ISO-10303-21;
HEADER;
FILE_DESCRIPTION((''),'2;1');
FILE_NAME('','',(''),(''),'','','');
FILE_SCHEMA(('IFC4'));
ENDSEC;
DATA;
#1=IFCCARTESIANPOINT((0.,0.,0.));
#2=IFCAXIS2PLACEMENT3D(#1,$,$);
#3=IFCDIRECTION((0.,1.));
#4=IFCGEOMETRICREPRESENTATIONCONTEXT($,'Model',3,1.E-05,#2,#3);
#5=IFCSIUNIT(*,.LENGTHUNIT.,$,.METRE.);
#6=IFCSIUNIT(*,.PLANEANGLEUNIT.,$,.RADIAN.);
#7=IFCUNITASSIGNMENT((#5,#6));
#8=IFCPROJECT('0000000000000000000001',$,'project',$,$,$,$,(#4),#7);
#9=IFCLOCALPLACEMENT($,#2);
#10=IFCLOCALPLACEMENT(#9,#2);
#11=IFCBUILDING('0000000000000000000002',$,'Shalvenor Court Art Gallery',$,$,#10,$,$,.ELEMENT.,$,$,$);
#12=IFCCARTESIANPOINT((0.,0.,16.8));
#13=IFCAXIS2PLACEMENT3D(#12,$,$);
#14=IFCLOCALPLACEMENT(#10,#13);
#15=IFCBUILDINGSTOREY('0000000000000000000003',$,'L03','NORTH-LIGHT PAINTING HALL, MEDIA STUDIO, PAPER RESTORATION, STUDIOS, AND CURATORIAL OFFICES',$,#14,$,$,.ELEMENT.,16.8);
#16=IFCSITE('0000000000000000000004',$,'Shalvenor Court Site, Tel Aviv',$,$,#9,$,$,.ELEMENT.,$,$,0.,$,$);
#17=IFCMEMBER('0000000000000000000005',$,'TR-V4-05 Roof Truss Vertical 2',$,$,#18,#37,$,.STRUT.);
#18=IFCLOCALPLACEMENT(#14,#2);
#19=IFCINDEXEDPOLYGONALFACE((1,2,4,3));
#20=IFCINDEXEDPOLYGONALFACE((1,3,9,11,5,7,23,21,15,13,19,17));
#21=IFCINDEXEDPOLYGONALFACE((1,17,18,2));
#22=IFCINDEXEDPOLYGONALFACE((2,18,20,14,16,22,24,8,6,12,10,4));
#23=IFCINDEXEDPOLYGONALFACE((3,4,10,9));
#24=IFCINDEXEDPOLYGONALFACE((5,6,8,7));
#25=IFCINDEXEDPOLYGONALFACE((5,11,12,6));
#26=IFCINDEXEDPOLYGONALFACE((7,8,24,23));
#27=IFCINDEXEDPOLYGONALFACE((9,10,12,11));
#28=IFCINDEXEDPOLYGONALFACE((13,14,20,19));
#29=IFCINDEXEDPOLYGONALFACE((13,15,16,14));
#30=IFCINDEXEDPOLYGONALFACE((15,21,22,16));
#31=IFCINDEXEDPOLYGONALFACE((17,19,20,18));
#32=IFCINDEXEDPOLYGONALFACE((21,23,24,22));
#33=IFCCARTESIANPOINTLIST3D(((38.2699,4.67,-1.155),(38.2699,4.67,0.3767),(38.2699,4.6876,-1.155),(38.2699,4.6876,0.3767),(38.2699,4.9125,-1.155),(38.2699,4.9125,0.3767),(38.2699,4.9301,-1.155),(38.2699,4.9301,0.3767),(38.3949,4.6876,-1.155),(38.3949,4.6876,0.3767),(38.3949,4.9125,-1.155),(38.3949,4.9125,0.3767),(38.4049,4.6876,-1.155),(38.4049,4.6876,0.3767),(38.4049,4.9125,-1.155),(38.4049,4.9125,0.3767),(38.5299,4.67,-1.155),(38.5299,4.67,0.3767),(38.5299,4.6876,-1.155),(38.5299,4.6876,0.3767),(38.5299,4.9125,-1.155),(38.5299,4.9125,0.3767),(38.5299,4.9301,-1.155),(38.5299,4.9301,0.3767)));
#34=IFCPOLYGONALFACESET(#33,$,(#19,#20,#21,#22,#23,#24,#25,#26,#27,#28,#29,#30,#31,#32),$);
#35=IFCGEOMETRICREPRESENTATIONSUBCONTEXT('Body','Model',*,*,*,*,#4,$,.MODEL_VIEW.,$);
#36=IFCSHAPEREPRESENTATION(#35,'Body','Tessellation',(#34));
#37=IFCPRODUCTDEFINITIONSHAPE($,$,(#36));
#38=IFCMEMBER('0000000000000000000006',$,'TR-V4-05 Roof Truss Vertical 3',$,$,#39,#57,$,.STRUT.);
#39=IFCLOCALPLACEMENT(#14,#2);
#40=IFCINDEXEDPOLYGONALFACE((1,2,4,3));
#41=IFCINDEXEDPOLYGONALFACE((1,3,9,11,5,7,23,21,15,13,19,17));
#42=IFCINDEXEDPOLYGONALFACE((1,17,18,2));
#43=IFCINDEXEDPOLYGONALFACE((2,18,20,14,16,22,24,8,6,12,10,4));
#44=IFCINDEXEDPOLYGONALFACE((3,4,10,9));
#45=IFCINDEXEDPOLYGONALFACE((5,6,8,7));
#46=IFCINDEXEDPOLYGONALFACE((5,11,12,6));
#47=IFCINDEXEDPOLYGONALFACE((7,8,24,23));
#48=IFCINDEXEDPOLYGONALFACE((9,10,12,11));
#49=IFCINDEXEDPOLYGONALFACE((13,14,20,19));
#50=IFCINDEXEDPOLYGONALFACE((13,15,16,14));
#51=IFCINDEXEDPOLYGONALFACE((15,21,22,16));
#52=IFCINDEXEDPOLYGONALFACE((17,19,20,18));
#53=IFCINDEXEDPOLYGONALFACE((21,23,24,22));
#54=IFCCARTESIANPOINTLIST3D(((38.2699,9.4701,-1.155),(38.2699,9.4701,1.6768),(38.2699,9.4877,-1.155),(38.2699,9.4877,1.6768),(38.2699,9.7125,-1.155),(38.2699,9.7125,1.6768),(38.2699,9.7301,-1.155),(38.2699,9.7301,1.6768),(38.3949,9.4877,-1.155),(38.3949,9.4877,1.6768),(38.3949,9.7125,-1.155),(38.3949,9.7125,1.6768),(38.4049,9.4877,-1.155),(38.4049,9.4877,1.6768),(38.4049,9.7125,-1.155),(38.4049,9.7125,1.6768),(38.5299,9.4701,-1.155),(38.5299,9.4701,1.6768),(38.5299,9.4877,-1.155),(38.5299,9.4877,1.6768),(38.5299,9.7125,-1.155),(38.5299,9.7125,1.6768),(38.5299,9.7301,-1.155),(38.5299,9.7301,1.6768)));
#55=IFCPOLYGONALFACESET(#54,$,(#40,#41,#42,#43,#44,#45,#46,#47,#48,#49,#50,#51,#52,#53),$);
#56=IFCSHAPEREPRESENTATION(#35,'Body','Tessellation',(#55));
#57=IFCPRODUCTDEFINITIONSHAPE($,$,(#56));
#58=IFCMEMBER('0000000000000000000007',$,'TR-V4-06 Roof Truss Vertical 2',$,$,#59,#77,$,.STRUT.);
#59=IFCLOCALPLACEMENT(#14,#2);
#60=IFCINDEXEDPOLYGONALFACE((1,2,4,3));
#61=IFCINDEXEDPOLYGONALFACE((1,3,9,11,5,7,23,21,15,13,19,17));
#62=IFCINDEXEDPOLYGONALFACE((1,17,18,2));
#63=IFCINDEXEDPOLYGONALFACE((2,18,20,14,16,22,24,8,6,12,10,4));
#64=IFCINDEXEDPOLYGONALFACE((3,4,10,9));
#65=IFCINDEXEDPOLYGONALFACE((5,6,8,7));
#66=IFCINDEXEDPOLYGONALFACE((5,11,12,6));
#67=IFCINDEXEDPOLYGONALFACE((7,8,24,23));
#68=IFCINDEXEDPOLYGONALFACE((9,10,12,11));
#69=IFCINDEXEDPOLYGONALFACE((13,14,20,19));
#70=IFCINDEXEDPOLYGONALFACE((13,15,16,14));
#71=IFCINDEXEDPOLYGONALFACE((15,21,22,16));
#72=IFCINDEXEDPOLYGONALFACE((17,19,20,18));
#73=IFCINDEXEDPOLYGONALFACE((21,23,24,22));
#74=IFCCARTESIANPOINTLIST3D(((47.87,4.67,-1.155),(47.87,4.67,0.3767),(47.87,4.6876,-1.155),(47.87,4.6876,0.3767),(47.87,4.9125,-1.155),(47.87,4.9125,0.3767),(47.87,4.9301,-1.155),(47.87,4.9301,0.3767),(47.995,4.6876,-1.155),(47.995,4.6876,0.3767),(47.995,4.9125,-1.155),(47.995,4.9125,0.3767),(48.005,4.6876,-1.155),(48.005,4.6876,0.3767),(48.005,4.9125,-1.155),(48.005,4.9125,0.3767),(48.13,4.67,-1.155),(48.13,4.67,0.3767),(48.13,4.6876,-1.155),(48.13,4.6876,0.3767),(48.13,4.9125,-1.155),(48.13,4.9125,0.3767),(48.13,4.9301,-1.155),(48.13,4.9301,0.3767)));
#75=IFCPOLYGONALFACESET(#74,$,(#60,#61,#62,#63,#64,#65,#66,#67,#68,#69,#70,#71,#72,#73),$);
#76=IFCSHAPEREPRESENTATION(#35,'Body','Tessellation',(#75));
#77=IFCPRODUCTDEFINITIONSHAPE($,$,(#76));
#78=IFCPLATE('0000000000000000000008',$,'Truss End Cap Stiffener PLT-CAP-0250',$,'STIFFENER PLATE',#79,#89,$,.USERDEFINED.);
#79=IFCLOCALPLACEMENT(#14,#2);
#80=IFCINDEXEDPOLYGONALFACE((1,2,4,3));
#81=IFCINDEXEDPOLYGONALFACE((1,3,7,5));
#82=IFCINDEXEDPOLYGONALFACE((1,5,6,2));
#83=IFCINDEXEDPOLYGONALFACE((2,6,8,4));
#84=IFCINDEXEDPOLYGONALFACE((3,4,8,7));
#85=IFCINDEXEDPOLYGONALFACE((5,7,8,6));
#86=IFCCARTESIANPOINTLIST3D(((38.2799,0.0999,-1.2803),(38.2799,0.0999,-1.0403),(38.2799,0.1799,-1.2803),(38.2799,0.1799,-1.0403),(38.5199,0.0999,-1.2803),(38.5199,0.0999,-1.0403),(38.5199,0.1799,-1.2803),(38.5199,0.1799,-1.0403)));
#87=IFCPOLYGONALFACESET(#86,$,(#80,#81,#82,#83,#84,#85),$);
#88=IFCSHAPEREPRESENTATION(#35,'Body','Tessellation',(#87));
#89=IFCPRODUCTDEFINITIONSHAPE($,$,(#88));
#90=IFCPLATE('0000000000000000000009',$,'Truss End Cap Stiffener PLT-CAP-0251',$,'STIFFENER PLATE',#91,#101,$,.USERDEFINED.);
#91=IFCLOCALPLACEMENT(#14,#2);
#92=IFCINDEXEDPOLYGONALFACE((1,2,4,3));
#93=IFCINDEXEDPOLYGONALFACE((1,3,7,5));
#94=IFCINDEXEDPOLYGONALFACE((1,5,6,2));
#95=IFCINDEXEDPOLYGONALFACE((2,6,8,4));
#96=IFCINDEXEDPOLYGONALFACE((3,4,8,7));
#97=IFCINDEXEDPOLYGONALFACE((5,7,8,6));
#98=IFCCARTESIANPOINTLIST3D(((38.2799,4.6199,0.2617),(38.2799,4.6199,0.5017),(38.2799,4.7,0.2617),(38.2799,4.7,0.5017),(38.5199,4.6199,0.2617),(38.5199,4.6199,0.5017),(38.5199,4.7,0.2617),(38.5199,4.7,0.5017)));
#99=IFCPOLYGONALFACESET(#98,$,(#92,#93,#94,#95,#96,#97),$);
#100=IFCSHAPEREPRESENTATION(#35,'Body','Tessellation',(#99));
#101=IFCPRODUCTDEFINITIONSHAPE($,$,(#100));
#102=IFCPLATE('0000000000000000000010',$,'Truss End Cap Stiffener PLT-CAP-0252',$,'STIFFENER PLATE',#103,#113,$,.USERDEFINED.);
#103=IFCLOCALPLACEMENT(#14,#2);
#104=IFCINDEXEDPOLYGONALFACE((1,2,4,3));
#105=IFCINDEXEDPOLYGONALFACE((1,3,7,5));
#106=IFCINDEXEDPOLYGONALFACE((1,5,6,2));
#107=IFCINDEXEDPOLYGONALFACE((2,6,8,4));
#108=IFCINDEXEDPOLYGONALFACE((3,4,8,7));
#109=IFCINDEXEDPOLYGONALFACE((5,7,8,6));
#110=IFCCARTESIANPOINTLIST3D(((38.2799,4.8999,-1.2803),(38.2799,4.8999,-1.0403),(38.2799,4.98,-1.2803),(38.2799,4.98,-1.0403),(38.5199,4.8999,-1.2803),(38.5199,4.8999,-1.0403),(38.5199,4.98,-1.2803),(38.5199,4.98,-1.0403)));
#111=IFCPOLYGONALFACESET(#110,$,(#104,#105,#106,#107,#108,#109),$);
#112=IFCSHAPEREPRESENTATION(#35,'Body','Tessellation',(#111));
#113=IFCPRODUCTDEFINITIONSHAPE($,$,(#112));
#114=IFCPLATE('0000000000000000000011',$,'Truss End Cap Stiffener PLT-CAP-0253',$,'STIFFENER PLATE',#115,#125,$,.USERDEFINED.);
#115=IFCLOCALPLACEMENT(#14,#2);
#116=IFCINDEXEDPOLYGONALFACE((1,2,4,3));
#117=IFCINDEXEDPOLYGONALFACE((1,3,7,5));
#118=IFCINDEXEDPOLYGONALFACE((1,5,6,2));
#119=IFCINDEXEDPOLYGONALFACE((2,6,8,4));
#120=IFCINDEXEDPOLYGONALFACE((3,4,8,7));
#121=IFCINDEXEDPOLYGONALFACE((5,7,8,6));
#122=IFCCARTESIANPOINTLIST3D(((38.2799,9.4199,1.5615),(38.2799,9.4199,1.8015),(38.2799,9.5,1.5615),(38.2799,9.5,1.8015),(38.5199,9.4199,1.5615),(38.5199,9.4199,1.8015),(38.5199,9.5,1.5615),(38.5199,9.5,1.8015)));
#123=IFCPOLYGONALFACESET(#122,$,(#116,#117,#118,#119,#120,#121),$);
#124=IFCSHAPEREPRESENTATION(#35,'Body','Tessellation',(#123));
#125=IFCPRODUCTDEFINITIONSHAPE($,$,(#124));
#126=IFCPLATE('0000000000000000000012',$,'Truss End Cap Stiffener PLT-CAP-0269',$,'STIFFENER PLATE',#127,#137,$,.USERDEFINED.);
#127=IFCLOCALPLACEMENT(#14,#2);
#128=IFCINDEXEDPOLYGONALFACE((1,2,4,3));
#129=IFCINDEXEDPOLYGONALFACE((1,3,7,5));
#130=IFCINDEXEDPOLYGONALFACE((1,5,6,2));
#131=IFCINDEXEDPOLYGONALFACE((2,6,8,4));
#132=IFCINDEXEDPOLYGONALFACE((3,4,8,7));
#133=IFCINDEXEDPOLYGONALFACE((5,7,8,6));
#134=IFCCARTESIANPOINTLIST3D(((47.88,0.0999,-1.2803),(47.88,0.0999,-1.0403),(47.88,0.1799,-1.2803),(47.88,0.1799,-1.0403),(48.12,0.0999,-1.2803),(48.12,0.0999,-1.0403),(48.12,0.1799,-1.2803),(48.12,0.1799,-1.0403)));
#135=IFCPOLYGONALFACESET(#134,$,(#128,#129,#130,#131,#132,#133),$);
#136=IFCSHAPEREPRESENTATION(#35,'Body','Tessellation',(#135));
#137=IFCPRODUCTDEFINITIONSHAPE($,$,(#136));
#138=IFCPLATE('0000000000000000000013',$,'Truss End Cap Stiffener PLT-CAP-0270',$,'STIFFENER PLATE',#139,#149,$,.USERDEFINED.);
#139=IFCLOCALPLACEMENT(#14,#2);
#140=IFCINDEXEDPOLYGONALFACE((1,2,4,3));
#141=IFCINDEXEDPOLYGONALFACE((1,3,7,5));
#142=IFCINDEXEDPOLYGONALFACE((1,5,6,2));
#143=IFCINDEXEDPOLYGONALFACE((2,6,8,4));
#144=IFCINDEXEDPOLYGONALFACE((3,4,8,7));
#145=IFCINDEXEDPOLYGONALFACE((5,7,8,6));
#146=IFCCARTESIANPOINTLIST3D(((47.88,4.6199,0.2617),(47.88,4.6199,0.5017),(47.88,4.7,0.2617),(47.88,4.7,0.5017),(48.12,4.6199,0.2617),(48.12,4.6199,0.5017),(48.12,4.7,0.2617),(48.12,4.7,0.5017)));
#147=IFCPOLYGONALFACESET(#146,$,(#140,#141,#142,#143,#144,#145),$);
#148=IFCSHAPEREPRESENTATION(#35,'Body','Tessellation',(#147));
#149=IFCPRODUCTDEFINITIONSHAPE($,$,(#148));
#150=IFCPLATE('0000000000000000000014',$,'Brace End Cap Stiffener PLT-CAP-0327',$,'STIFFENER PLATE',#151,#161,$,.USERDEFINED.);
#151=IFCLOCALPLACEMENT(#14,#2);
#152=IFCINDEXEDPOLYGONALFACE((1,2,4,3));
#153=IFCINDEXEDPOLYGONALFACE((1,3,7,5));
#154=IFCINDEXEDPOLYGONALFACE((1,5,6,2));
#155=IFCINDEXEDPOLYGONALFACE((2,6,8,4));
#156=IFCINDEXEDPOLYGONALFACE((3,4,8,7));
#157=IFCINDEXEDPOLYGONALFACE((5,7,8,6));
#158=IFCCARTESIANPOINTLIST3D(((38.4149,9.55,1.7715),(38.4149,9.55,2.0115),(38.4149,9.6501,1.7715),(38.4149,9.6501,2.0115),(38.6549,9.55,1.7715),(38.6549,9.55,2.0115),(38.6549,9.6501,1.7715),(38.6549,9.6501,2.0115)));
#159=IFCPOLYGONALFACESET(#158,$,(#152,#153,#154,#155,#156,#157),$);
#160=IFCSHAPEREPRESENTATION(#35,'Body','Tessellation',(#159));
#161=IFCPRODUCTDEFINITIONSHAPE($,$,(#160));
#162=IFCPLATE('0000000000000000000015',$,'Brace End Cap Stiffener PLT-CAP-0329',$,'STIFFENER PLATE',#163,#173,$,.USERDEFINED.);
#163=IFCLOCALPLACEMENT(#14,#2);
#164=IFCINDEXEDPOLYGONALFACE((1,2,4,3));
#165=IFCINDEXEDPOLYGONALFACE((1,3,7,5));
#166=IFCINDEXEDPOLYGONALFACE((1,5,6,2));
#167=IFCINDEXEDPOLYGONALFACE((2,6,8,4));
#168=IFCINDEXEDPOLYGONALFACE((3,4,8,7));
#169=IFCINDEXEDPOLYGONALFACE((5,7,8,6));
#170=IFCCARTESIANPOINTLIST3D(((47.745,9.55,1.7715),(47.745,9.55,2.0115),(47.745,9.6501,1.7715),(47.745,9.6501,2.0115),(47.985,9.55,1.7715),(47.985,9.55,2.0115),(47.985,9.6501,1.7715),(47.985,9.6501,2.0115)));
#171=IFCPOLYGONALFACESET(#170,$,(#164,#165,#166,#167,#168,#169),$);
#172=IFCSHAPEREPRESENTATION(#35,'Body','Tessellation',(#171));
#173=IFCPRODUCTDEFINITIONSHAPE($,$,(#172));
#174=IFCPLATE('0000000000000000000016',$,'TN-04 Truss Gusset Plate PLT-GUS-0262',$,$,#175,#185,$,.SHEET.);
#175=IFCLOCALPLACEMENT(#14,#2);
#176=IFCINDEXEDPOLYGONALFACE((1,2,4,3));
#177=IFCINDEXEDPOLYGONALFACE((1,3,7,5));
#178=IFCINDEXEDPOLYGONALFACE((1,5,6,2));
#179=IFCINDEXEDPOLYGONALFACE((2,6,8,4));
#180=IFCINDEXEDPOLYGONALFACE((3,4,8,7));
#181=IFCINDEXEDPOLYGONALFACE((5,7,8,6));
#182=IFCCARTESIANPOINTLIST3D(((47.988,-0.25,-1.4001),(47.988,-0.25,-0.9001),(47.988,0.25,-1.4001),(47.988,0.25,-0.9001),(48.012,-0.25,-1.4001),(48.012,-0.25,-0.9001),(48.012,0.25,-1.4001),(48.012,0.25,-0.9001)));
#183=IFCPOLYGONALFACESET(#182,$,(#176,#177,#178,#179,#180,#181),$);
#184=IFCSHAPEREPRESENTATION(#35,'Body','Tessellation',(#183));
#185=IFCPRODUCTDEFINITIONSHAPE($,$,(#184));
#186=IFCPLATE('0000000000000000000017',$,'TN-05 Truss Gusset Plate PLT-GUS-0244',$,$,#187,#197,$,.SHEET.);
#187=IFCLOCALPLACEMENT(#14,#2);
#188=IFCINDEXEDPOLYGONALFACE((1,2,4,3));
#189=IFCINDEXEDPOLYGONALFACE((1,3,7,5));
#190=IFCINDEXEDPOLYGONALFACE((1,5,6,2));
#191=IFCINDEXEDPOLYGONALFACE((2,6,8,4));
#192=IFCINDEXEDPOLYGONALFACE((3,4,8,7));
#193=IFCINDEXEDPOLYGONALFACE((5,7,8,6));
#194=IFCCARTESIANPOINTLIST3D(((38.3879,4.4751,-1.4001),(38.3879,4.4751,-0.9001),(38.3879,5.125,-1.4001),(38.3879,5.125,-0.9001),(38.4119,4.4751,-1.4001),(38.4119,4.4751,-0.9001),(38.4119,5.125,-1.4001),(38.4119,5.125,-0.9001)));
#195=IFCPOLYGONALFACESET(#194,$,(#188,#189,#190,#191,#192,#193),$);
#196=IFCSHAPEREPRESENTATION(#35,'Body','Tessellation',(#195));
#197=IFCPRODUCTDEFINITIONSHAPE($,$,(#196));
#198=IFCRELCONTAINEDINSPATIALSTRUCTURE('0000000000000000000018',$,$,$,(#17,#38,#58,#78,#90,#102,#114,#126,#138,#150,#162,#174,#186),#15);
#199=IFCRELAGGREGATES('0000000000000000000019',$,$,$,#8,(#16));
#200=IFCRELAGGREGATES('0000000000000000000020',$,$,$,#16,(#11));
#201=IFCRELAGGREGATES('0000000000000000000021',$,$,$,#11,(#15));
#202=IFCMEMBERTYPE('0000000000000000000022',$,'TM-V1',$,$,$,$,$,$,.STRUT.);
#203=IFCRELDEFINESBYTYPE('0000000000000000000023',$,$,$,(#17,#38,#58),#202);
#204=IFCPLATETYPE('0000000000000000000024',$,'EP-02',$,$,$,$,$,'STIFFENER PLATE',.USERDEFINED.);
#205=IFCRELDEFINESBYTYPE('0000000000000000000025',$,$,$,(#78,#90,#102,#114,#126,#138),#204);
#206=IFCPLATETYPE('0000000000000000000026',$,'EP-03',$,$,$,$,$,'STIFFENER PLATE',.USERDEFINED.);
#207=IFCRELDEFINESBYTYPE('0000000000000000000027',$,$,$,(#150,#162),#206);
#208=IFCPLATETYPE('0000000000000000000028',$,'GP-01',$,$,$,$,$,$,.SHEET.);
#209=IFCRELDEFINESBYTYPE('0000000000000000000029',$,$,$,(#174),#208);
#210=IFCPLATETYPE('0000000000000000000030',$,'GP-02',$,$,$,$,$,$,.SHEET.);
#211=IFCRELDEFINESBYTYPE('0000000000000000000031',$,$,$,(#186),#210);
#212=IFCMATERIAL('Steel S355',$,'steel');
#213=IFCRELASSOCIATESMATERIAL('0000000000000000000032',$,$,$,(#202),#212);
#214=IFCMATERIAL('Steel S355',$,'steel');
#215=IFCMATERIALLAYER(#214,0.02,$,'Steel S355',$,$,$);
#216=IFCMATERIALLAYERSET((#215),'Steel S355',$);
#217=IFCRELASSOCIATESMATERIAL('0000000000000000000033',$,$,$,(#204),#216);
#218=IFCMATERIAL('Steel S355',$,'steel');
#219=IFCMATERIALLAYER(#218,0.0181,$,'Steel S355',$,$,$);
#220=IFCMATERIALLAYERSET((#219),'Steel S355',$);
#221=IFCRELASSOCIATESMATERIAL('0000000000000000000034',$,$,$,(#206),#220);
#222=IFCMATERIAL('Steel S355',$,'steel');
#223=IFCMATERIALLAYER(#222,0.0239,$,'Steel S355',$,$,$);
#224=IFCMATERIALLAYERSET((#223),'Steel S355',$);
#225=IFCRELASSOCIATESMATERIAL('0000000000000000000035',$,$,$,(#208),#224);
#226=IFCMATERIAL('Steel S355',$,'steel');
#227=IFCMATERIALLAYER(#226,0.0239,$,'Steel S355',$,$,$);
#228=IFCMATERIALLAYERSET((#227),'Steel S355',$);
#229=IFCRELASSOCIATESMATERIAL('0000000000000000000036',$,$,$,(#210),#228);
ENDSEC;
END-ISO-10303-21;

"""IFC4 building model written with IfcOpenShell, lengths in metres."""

from ifc_helpers import new_model, si_unit, direction, frame, origin, origin_2d, place, context, subcontext, project, spatial, rectangle, i_section, extrude, material, layer, layer_set, material_profile, profile_set, type_object, element, save


model = new_model("IFC4")

# Units and contexts
model_context = context("Model", 3, precision=1e-05, world=origin(), true_north=direction((0.0, 1.0)))
body_context = subcontext(model_context, "Body", "Model", "MODEL_VIEW")
ifc_project = project(units=[si_unit("LENGTHUNIT", "METRE"), si_unit("PLANEANGLEUNIT", "RADIAN")], contexts=[model_context])

# Site, building, storey
site_placement = place(None, origin())
site = spatial("IfcSite", under=ifc_project, at=site_placement, Name="Shalvenor Court Site, Tel Aviv", CompositionType="ELEMENT", RefElevation=0.0)
building_placement = place(site_placement, origin())
building = spatial("IfcBuilding", under=site, at=building_placement, Name="Shalvenor Court Art Gallery", CompositionType="ELEMENT")
storey_placement = place(building_placement, frame((0.0, 0.0, 16.8)))
storey = spatial("IfcBuildingStorey", under=building, at=storey_placement, Name="L03", Description="NORTH-LIGHT PAINTING HALL, MEDIA STUDIO, PAPER RESTORATION, STUDIOS, AND CURATORIAL OFFICES", CompositionType="ELEMENT", Elevation=16.8)

# Members
ifc_material_1 = material(Name="Steel S355", Category="steel")
ifc_material_profile_1 = material_profile(ifc_material_1, i_section(OverallWidth=0.26, OverallDepth=0.26, WebThickness=0.01, FlangeThickness=0.0176, at=origin_2d()), Name="HEB 260")
ifc_profile_set_1 = profile_set([ifc_material_profile_1], Name="Steel S355")
member_type_1 = type_object("IfcMemberType", Name="TM-V1", PredefinedType="STRUT", material=ifc_profile_set_1)
member_1_placement = place(storey_placement, frame((38.3999, 4.8, -1.155), z_axis=(0.0, 0.0, 1.0), x_axis=(1.0, 0.0, 0.0)))
element("IfcMember", 1, at=member_1_placement, inside=storey, type_object=member_type_1, Name="TR-V4-05 Roof Truss Vertical 2", PredefinedType="STRUT", context=body_context, shape_type="SweptSolid", body=[
    extrude(i_section(OverallWidth=0.26, OverallDepth=0.26, WebThickness=0.01, FlangeThickness=0.0176, at=origin_2d()), origin(), (0.0, 0.0, 1.0), 1.5317),
])
member_2_placement = place(storey_placement, frame((38.3999, 9.6001, -1.155), z_axis=(0.0, 0.0, 1.0), x_axis=(1.0, 0.0, 0.0)))
element("IfcMember", 2, at=member_2_placement, inside=storey, type_object=member_type_1, Name="TR-V4-05 Roof Truss Vertical 3", PredefinedType="STRUT", context=body_context, shape_type="SweptSolid", body=[
    extrude(i_section(OverallWidth=0.26, OverallDepth=0.26, WebThickness=0.01, FlangeThickness=0.0176, at=origin_2d()), origin(), (0.0, 0.0, 1.0), 2.8318),
])
member_3_placement = place(storey_placement, frame((48.0, 4.8, -1.155), z_axis=(0.0, 0.0, 1.0), x_axis=(1.0, 0.0, 0.0)))
element("IfcMember", 3, at=member_3_placement, inside=storey, type_object=member_type_1, Name="TR-V4-06 Roof Truss Vertical 2", PredefinedType="STRUT", context=body_context, shape_type="SweptSolid", body=[
    extrude(i_section(OverallWidth=0.26, OverallDepth=0.26, WebThickness=0.01, FlangeThickness=0.0176, at=origin_2d()), origin(), (0.0, 0.0, 1.0), 1.5317),
])

# Plates
ifc_material_2 = material(Name="Steel S355", Category="steel")
ifc_layer_1 = layer(ifc_material_2, 0.02, Name="Steel S355")
ifc_layer_set_1 = layer_set([ifc_layer_1], Name="Steel S355")
plate_type_1 = type_object("IfcPlateType", Name="EP-02", ElementType="STIFFENER PLATE", PredefinedType="USERDEFINED", material=ifc_layer_set_1)
for number, where, z_axis, x_axis, name in (
    (4, (38.3999, 0.1399, -1.2803), (0.0, 0.0, 1.0), (1.0, 0.0, 0.0), "Truss End Cap Stiffener PLT-CAP-0250"),
    (5, (38.3999, 4.6599, 0.2617), (0.0, 0.0, 1.0), (1.0, 0.0, 0.0), "Truss End Cap Stiffener PLT-CAP-0251"),
    (6, (38.3999, 4.9399, -1.2803), (0.0, 0.0, 1.0), (1.0, 0.0, 0.0), "Truss End Cap Stiffener PLT-CAP-0252"),
    (7, (38.3999, 9.46, 1.5615), (0.0, 0.0, 1.0), (1.0, 0.0, 0.0), "Truss End Cap Stiffener PLT-CAP-0253"),
    (8, (48.0, 0.1399, -1.2803), (0.0, 0.0, 1.0), (1.0, 0.0, 0.0), "Truss End Cap Stiffener PLT-CAP-0269"),
    (9, (48.0, 4.6599, 0.2617), (0.0, 0.0, 1.0), (1.0, 0.0, 0.0), "Truss End Cap Stiffener PLT-CAP-0270"),
):
    element("IfcPlate", number, at=place(storey_placement, frame(where, z_axis=z_axis, x_axis=x_axis)), inside=storey, type_object=plate_type_1, Name=name, ObjectType="STIFFENER PLATE", PredefinedType="USERDEFINED", context=body_context, shape_type="SweptSolid", body=[
        extrude(rectangle(XDim=0.24, YDim=0.0801, at=origin_2d()), origin(), (0.0, 0.0, 1.0), 0.24),
    ])
ifc_material_3 = material(Name="Steel S355", Category="steel")
ifc_layer_2 = layer(ifc_material_3, 0.0181, Name="Steel S355")
ifc_layer_set_2 = layer_set([ifc_layer_2], Name="Steel S355")
plate_type_2 = type_object("IfcPlateType", Name="EP-03", ElementType="STIFFENER PLATE", PredefinedType="USERDEFINED", material=ifc_layer_set_2)
for number, where, z_axis, x_axis, name in (
    (10, (38.5349, 9.6001, 1.7715), (0.0, 0.0, 1.0), (1.0, 0.0, 0.0), "Brace End Cap Stiffener PLT-CAP-0327"),
    (11, (47.865, 9.6001, 1.7715), (0.0, 0.0, 1.0), (1.0, 0.0, 0.0), "Brace End Cap Stiffener PLT-CAP-0329"),
):
    element("IfcPlate", number, at=place(storey_placement, frame(where, z_axis=z_axis, x_axis=x_axis)), inside=storey, type_object=plate_type_2, Name=name, ObjectType="STIFFENER PLATE", PredefinedType="USERDEFINED", context=body_context, shape_type="SweptSolid", body=[
        extrude(rectangle(XDim=0.24, YDim=0.1001, at=origin_2d()), origin(), (0.0, 0.0, 1.0), 0.24),
    ])
ifc_material_4 = material(Name="Steel S355", Category="steel")
ifc_layer_3 = layer(ifc_material_4, 0.0239, Name="Steel S355")
ifc_layer_set_3 = layer_set([ifc_layer_3], Name="Steel S355")
plate_type_3 = type_object("IfcPlateType", Name="GP-01", PredefinedType="SHEET", material=ifc_layer_set_3)
plate_1_placement = place(storey_placement, frame((48.0, 0.0, -1.4001), z_axis=(0.0, 0.0, 1.0), x_axis=(0.0, 1.0, 0.0)))
element("IfcPlate", 12, at=plate_1_placement, inside=storey, type_object=plate_type_3, Name="TN-04 Truss Gusset Plate PLT-GUS-0262", PredefinedType="SHEET", context=body_context, shape_type="SweptSolid", body=[
    extrude(rectangle(XDim=0.5, YDim=0.0239, at=origin_2d()), origin(), (0.0, 0.0, 1.0), 0.5),
])
ifc_material_5 = material(Name="Steel S355", Category="steel")
ifc_layer_4 = layer(ifc_material_5, 0.0239, Name="Steel S355")
ifc_layer_set_4 = layer_set([ifc_layer_4], Name="Steel S355")
plate_type_4 = type_object("IfcPlateType", Name="GP-02", PredefinedType="SHEET", material=ifc_layer_set_4)
plate_2_placement = place(storey_placement, frame((38.3999, 4.8, -1.4001), z_axis=(0.0, 0.0, 1.0), x_axis=(0.0, 1.0, 0.0)))
element("IfcPlate", 13, at=plate_2_placement, inside=storey, type_object=plate_type_4, Name="TN-05 Truss Gusset Plate PLT-GUS-0244", PredefinedType="SHEET", context=body_context, shape_type="SweptSolid", body=[
    extrude(rectangle(XDim=0.6499, YDim=0.0239, at=origin_2d()), origin(), (0.0, 0.0, 1.0), 0.5),
])

save(model, "model.ifc")
